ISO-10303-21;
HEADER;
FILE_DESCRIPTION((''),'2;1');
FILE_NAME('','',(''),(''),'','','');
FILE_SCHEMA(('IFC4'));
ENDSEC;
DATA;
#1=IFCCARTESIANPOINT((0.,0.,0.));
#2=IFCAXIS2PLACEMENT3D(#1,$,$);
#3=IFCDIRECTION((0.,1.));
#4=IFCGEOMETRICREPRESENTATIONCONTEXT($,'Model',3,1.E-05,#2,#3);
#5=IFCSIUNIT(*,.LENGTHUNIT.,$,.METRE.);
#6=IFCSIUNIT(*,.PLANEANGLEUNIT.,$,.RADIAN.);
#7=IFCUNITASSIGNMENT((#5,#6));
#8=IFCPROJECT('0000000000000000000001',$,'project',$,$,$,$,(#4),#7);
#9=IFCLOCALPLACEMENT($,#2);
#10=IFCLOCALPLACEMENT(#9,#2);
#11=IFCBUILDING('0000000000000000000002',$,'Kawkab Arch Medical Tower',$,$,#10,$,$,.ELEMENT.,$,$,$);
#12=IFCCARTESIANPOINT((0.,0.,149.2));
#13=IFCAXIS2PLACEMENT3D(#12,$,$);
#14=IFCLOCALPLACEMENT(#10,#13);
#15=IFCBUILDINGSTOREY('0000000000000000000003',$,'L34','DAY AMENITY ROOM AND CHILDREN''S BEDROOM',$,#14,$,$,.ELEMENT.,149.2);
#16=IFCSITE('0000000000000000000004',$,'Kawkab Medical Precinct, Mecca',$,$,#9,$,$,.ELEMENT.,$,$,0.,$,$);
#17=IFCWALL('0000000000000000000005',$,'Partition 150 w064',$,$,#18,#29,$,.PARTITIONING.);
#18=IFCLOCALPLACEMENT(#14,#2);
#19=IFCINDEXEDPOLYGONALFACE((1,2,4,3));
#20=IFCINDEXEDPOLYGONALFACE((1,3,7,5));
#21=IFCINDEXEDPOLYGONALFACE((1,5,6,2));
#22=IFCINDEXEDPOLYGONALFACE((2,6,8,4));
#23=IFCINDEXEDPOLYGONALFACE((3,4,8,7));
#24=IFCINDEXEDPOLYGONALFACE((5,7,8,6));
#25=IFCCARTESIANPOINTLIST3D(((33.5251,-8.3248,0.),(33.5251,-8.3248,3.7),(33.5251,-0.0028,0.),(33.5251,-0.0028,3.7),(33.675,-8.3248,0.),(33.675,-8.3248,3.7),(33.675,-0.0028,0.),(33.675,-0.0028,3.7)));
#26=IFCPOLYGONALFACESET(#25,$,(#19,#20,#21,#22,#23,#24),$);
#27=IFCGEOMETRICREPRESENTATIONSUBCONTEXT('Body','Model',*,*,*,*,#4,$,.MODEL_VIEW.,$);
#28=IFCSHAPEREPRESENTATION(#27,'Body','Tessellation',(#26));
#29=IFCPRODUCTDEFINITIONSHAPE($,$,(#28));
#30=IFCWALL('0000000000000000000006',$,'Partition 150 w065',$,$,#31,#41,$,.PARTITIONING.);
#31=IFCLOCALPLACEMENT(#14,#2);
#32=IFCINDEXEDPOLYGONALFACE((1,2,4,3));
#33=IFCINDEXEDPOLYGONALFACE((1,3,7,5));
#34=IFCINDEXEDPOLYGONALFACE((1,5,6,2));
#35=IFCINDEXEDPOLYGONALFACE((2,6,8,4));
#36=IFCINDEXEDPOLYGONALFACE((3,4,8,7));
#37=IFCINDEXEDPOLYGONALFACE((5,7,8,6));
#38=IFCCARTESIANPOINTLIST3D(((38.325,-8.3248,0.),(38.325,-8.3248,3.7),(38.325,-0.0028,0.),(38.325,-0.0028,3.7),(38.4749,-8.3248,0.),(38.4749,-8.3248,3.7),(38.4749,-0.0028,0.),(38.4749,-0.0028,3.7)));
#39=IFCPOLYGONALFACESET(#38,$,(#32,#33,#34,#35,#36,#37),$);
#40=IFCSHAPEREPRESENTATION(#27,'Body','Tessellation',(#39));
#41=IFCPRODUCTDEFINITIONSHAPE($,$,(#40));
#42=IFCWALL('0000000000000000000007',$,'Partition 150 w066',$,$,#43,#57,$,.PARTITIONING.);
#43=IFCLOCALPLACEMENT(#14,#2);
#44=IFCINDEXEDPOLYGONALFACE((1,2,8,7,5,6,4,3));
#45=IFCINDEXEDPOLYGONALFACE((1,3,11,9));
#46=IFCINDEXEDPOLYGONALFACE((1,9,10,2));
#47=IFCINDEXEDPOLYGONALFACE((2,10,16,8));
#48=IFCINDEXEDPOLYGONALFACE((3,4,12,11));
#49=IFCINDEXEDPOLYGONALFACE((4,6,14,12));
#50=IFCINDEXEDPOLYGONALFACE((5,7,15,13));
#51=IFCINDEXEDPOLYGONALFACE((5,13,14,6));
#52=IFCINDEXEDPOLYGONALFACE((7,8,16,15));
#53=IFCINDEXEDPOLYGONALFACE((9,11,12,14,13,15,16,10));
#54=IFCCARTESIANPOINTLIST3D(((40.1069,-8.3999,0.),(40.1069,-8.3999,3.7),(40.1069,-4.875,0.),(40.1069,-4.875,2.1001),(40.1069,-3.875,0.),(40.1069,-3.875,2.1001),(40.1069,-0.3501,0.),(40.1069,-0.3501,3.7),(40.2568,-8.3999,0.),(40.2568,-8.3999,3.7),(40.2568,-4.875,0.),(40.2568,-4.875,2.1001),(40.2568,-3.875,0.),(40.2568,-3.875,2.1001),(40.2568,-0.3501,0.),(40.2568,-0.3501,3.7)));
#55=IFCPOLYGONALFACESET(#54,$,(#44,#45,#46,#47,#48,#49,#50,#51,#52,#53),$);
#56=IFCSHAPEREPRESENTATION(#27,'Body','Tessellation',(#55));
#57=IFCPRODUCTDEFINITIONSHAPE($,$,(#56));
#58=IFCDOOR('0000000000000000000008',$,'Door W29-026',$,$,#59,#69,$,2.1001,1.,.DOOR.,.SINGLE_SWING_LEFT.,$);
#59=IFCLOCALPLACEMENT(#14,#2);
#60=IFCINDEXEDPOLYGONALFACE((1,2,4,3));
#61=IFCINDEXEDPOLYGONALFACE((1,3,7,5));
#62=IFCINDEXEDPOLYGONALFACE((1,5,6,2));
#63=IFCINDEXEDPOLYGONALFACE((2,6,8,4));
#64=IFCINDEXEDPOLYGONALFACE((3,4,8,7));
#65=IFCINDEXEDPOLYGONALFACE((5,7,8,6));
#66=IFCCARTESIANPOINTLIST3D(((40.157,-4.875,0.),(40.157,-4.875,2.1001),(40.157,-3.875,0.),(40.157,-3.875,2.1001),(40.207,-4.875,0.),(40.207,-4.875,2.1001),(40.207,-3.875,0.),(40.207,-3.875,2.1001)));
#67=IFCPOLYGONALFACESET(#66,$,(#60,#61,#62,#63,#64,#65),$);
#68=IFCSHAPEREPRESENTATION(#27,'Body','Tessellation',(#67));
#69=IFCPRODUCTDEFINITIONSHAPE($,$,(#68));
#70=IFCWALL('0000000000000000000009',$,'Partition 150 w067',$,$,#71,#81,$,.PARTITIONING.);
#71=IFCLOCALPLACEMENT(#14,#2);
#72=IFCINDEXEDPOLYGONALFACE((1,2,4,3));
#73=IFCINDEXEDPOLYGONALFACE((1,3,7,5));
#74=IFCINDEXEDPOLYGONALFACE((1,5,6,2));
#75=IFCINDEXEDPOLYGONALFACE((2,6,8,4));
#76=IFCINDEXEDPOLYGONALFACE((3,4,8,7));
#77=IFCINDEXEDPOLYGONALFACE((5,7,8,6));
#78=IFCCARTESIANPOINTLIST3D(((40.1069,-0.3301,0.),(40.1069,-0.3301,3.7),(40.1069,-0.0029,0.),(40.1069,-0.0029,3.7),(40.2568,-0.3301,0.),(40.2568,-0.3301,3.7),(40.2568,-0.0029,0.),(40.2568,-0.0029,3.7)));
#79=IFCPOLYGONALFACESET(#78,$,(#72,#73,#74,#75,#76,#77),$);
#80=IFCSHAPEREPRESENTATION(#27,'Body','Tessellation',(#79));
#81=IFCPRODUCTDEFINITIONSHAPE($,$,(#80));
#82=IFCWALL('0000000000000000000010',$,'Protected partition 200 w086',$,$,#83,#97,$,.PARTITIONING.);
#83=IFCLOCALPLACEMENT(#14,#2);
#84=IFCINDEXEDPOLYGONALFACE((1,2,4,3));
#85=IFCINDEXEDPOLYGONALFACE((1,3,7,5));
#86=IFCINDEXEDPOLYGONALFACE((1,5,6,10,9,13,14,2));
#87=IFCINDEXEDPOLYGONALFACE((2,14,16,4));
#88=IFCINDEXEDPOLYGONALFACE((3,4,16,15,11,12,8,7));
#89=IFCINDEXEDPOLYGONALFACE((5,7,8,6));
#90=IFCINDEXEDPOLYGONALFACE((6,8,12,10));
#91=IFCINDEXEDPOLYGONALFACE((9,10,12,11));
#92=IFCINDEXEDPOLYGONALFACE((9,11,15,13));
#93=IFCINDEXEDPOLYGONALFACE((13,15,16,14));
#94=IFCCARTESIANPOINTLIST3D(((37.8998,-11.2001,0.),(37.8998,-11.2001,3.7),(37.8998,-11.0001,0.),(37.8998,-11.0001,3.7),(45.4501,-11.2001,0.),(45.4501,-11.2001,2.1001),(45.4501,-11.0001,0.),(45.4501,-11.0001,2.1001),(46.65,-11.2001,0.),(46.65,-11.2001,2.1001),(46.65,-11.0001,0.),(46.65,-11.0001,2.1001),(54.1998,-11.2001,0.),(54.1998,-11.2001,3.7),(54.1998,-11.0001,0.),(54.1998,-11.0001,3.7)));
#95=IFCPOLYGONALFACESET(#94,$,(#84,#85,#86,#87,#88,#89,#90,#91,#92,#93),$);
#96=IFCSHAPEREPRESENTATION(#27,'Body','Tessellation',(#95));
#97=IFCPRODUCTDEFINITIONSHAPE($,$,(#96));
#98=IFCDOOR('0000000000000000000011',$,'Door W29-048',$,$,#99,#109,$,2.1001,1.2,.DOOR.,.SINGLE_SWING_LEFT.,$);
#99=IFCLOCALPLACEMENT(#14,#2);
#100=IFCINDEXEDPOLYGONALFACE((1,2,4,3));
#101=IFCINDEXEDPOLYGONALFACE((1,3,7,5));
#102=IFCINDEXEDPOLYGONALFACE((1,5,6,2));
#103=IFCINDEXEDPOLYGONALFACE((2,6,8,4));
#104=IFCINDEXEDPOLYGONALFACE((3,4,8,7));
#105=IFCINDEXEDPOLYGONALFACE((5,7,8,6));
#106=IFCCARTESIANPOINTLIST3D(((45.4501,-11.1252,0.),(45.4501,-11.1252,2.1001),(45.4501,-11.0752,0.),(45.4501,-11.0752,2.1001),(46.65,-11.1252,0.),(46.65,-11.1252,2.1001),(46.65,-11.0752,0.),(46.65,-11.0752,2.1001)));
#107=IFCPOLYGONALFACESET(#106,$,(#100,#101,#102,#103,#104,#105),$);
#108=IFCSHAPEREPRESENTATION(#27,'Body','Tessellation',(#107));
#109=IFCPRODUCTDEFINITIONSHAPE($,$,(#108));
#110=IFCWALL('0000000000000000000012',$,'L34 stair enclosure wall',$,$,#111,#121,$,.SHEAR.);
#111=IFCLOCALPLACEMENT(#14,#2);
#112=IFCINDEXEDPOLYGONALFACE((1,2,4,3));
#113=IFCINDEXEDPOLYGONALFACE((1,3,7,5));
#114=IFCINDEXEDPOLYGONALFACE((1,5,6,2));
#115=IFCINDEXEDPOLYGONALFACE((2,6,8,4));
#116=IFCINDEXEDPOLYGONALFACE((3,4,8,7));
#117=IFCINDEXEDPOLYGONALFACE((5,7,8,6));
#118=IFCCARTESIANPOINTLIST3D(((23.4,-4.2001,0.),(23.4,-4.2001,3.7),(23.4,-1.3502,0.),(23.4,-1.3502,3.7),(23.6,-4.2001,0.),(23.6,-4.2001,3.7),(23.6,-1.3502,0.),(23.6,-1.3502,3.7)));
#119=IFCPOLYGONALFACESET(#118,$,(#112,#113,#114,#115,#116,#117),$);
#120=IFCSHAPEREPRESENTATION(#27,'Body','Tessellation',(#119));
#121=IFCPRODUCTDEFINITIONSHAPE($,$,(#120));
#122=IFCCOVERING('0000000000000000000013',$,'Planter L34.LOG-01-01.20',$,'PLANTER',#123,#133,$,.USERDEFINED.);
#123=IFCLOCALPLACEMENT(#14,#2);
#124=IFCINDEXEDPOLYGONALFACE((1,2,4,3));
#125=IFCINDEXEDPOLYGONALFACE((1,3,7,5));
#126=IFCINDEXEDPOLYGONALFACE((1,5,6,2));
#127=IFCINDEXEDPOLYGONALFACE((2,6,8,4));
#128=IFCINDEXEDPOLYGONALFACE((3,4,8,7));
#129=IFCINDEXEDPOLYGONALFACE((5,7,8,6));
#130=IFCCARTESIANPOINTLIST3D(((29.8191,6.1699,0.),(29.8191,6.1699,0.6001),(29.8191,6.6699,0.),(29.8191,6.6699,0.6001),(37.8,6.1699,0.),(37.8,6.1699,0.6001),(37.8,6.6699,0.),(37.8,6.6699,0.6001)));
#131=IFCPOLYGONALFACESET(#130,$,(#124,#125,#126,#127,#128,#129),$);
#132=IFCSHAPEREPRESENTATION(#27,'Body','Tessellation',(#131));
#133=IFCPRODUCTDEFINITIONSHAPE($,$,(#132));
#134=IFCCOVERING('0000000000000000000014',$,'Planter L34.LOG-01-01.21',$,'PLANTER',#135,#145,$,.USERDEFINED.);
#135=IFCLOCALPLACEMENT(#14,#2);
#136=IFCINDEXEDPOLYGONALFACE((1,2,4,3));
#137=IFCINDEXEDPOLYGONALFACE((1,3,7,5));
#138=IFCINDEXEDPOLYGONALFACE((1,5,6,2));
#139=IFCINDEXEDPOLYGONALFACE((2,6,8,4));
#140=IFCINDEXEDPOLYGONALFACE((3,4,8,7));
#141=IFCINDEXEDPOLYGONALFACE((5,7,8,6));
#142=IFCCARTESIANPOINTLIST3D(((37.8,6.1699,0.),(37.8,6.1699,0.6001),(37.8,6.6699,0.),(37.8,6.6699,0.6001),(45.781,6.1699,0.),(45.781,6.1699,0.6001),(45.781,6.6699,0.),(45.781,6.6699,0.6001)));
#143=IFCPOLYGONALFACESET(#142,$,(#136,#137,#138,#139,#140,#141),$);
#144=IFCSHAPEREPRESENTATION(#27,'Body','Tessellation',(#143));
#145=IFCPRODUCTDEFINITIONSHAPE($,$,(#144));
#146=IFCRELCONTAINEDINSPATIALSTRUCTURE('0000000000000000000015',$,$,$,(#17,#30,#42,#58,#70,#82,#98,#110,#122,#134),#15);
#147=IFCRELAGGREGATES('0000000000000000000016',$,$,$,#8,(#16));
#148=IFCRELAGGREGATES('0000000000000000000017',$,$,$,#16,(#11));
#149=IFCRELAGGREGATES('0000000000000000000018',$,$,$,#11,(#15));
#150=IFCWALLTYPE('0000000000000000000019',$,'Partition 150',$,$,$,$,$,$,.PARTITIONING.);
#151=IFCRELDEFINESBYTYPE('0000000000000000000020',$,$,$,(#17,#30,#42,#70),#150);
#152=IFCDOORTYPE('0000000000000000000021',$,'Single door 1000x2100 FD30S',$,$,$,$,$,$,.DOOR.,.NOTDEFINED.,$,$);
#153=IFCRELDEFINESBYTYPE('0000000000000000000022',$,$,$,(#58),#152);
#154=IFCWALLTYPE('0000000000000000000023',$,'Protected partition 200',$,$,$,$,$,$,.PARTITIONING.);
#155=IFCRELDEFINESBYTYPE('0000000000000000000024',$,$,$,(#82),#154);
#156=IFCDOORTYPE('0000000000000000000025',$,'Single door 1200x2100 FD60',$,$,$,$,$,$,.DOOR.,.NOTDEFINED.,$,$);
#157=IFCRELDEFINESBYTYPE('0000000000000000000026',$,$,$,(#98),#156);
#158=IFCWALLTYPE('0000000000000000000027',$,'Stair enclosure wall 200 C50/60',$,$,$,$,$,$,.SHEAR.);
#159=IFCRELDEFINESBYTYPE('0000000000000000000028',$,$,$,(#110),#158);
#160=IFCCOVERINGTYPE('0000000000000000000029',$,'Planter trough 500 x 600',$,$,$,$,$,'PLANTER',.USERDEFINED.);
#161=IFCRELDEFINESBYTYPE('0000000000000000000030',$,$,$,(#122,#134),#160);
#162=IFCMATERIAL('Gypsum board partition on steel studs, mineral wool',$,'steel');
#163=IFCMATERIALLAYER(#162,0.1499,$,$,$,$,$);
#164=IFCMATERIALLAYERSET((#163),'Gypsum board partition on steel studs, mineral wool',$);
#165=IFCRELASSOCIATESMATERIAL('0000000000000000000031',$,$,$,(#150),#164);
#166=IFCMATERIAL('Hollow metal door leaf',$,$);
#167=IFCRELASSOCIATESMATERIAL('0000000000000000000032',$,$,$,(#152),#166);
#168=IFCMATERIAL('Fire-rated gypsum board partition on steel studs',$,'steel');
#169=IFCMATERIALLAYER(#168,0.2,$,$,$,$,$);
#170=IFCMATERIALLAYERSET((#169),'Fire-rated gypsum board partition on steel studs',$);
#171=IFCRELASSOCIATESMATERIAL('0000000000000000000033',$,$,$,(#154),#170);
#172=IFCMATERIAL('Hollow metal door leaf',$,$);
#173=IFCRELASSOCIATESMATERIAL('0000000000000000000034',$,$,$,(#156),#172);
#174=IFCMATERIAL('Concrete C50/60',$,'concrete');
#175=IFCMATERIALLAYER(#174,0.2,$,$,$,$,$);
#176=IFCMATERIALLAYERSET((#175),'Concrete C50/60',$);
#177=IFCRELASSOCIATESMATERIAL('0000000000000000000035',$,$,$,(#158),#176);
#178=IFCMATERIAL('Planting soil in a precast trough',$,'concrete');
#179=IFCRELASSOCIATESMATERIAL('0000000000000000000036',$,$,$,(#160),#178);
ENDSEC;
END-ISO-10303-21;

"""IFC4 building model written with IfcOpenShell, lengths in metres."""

from ifc_helpers import new_model, si_unit, direction, frame, frame_2d, origin, origin_2d, place, context, subcontext, project, spatial, rectangle, extrude, material, layer, layer_set, material_profile, profile_set, type_object, element, fill, save


model = new_model("IFC4")

# Units and contexts
model_context = context("Model", 3, precision=1e-05, world=origin(), true_north=direction((0.0, 1.0)))
body_context = subcontext(model_context, "Body", "Model", "MODEL_VIEW")
ifc_project = project(units=[si_unit("LENGTHUNIT", "METRE"), si_unit("PLANEANGLEUNIT", "RADIAN")], contexts=[model_context])

# Site, building, storey
site_placement = place(None, origin())
site = spatial("IfcSite", under=ifc_project, at=site_placement, Name="Kawkab Medical Precinct, Mecca", CompositionType="ELEMENT", RefElevation=0.0)
building_placement = place(site_placement, origin())
building = spatial("IfcBuilding", under=site, at=building_placement, Name="Kawkab Arch Medical Tower", CompositionType="ELEMENT")
storey_placement = place(building_placement, frame((0.0, 0.0, 149.2)))
storey = spatial("IfcBuildingStorey", under=building, at=storey_placement, Name="L34", Description="DAY AMENITY ROOM AND CHILDREN'S BEDROOM", CompositionType="ELEMENT", Elevation=149.2)

# Shared definitions
ifc_material_1 = material(Name="Gypsum board partition on steel studs, mineral wool", Category="steel")
ifc_layer_1 = layer(ifc_material_1, 0.1499)
ifc_layer_set_1 = layer_set([ifc_layer_1], Name="Gypsum board partition on steel studs, mineral wool")
wall_type_1 = type_object("IfcWallType", Name="Partition 150", PredefinedType="PARTITIONING", material=ifc_layer_set_1)
ifc_material_2 = material(Name="Hollow metal door leaf")
door_type_1 = type_object("IfcDoorType", Name="Single door 1000x2100 FD30S", OperationType="NOTDEFINED", PredefinedType="DOOR", material=ifc_material_2)

# Walls
for number, where, z_axis, x_axis, name in (
    (1, (33.6001, -8.325, 0.0), (0.0, 0.0, 1.0), (0.0, 1.0, 0.0), "Partition 150 w064"),
    (2, (38.3999, -8.325, 0.0), (0.0, 0.0, 1.0), (0.0, 1.0, 0.0), "Partition 150 w065"),
):
    element("IfcWall", number, at=place(storey_placement, frame(where, z_axis=z_axis, x_axis=x_axis)), inside=storey, type_object=wall_type_1, Name=name, PredefinedType="PARTITIONING", context=body_context, shape_type="SweptSolid", body=[
        extrude(rectangle(XDim=8.322, YDim=0.1499, at=frame_2d((4.1611, 0.0))), origin(), (0.0, 0.0, 1.0), 3.7),
    ])

# Wall, opening, door
wall_1_placement = place(storey_placement, frame((40.1819, -8.3999, 0.0), z_axis=(0.0, 0.0, 1.0), x_axis=(0.0, 1.0, 0.0)))
wall_1 = element("IfcWall", 3, at=wall_1_placement, inside=storey, type_object=wall_type_1, Name="Partition 150 w066", PredefinedType="PARTITIONING", context=body_context, shape_type="SweptSolid", body=[
    extrude(rectangle(XDim=8.0498, YDim=0.1499, at=frame_2d((4.0249, 0.0))), origin(), (0.0, 0.0, 1.0), 3.7),
])
opening_1_placement = place(wall_1_placement, frame((3.5249, 0.0, 0.0)))
opening_1 = element("IfcOpeningElement", 4, at=opening_1_placement, cuts=wall_1, PredefinedType="OPENING", context=body_context, shape_type="SweptSolid", body=[
    extrude(rectangle(XDim=1.0, YDim=2.1001, at=frame_2d((0.5, 1.05))), frame((0.0, 0.085, 0.0), z_axis=(0.0, -1.0, 0.0), x_axis=(1.0, 0.0, 0.0)), (0.0, 0.0, 1.0), 0.1699),
])
door_1_placement = place(opening_1_placement, origin())
door_1 = element("IfcDoor", 5, at=door_1_placement, inside=storey, type_object=door_type_1, Name="Door W29-026", OperationType="SINGLE_SWING_LEFT", OverallHeight=2.1001, OverallWidth=1.0, PredefinedType="DOOR", context=body_context, shape_type="SweptSolid", body=[
    extrude(rectangle(XDim=1.0, YDim=2.1001, at=frame_2d((0.5, 1.05))), frame((0.0, 0.0249, 0.0), z_axis=(0.0, -1.0, 0.0), x_axis=(1.0, 0.0, 0.0)), (0.0, 0.0, 1.0), 0.05),
])
fill(opening_1, door_1)

# Wall
wall_2_placement = place(storey_placement, frame((40.1819, -0.3301, 0.0), z_axis=(0.0, 0.0, 1.0), x_axis=(0.0, 1.0, 0.0)))
element("IfcWall", 6, at=wall_2_placement, inside=storey, type_object=wall_type_1, Name="Partition 150 w067", PredefinedType="PARTITIONING", context=body_context, shape_type="SweptSolid", body=[
    extrude(rectangle(XDim=0.3271, YDim=0.1499, at=frame_2d((0.1636, 0.0))), origin(), (0.0, 0.0, 1.0), 3.7),
])

# Wall, opening, door
ifc_material_3 = material(Name="Fire-rated gypsum board partition on steel studs", Category="steel")
ifc_layer_2 = layer(ifc_material_3, 0.2)
ifc_layer_set_2 = layer_set([ifc_layer_2], Name="Fire-rated gypsum board partition on steel studs")
wall_type_2 = type_object("IfcWallType", Name="Protected partition 200", PredefinedType="PARTITIONING", material=ifc_layer_set_2)
wall_3_placement = place(storey_placement, frame((37.8999, -11.1001, 0.0), z_axis=(0.0, 0.0, 1.0), x_axis=(1.0, 0.0, 0.0)))
wall_3 = element("IfcWall", 7, at=wall_3_placement, inside=storey, type_object=wall_type_2, Name="Protected partition 200 w086", PredefinedType="PARTITIONING", context=body_context, shape_type="SweptSolid", body=[
    extrude(rectangle(XDim=16.3, YDim=0.2, at=frame_2d((8.1499, 0.0))), origin(), (0.0, 0.0, 1.0), 3.7),
])
opening_2_placement = place(wall_3_placement, frame((7.55, 0.0, 0.0)))
opening_2 = element("IfcOpeningElement", 8, at=opening_2_placement, cuts=wall_3, PredefinedType="OPENING", context=body_context, shape_type="SweptSolid", body=[
    extrude(rectangle(XDim=1.2, YDim=2.1001, at=frame_2d((0.6001, 1.05))), frame((0.0, 0.1099, 0.0), z_axis=(0.0, -1.0, 0.0), x_axis=(1.0, 0.0, 0.0)), (0.0, 0.0, 1.0), 0.22),
])
ifc_material_4 = material(Name="Hollow metal door leaf")
door_type_2 = type_object("IfcDoorType", Name="Single door 1200x2100 FD60", OperationType="NOTDEFINED", PredefinedType="DOOR", material=ifc_material_4)
door_2_placement = place(opening_2_placement, origin())
door_2 = element("IfcDoor", 9, at=door_2_placement, inside=storey, type_object=door_type_2, Name="Door W29-048", OperationType="SINGLE_SWING_LEFT", OverallHeight=2.1001, OverallWidth=1.2, PredefinedType="DOOR", context=body_context, shape_type="SweptSolid", body=[
    extrude(rectangle(XDim=1.2, YDim=2.1001, at=frame_2d((0.6001, 1.05))), frame((0.0, 0.0249, 0.0), z_axis=(0.0, -1.0, 0.0), x_axis=(1.0, 0.0, 0.0)), (0.0, 0.0, 1.0), 0.05),
])
fill(opening_2, door_2)

# Wall
ifc_material_5 = material(Name="Concrete C50/60", Category="concrete")
ifc_layer_3 = layer(ifc_material_5, 0.2)
ifc_layer_set_3 = layer_set([ifc_layer_3], Name="Concrete C50/60")
wall_type_3 = type_object("IfcWallType", Name="Stair enclosure wall 200 C50/60", PredefinedType="SHEAR", material=ifc_layer_set_3)
wall_4_placement = place(storey_placement, frame((23.5, -4.2, 0.0), z_axis=(0.0, 0.0, 1.0), x_axis=(0.0, 1.0, 0.0)))
element("IfcWall", 10, at=wall_4_placement, inside=storey, type_object=wall_type_3, Name="L34 stair enclosure wall", PredefinedType="SHEAR", context=body_context, shape_type="SweptSolid", body=[
    extrude(rectangle(XDim=2.8499, YDim=0.2, at=frame_2d((1.4248, 0.0))), origin(), (0.0, 0.0, 1.0), 3.7),
])

# Coverings
ifc_material_6 = material(Name="Planting soil in a precast trough", Category="concrete")
ifc_material_profile_1 = material_profile(ifc_material_6, rectangle(XDim=0.5, YDim=0.6001, at=origin_2d()), Name="Trough 500x600")
ifc_profile_set_1 = profile_set([ifc_material_profile_1], Name="Planting soil in a precast trough")
covering_type = type_object("IfcCoveringType", Name="Planter trough 500 x 600", ElementType="PLANTER", PredefinedType="USERDEFINED", material=ifc_profile_set_1)
for number, where, z_axis, x_axis, name in (
    (11, (29.8191, 6.4199, 0.3), (1.0, 0.0, 0.0), (0.0, 1.0, 0.0), "Planter L34.LOG-01-01.20"),
    (12, (37.8, 6.4199, 0.3), (1.0, 0.0, 0.0), (0.0, 1.0, 0.0), "Planter L34.LOG-01-01.21"),
):
    element("IfcCovering", number, at=place(storey_placement, frame(where, z_axis=z_axis, x_axis=x_axis)), inside=storey, type_object=covering_type, Name=name, ObjectType="PLANTER", PredefinedType="USERDEFINED", context=body_context, shape_type="SweptSolid", body=[
        extrude(rectangle(XDim=0.5, YDim=0.6001, at=origin_2d()), origin(), (0.0, 0.0, 1.0), 7.981),
    ])

save(model, "model.ifc")
